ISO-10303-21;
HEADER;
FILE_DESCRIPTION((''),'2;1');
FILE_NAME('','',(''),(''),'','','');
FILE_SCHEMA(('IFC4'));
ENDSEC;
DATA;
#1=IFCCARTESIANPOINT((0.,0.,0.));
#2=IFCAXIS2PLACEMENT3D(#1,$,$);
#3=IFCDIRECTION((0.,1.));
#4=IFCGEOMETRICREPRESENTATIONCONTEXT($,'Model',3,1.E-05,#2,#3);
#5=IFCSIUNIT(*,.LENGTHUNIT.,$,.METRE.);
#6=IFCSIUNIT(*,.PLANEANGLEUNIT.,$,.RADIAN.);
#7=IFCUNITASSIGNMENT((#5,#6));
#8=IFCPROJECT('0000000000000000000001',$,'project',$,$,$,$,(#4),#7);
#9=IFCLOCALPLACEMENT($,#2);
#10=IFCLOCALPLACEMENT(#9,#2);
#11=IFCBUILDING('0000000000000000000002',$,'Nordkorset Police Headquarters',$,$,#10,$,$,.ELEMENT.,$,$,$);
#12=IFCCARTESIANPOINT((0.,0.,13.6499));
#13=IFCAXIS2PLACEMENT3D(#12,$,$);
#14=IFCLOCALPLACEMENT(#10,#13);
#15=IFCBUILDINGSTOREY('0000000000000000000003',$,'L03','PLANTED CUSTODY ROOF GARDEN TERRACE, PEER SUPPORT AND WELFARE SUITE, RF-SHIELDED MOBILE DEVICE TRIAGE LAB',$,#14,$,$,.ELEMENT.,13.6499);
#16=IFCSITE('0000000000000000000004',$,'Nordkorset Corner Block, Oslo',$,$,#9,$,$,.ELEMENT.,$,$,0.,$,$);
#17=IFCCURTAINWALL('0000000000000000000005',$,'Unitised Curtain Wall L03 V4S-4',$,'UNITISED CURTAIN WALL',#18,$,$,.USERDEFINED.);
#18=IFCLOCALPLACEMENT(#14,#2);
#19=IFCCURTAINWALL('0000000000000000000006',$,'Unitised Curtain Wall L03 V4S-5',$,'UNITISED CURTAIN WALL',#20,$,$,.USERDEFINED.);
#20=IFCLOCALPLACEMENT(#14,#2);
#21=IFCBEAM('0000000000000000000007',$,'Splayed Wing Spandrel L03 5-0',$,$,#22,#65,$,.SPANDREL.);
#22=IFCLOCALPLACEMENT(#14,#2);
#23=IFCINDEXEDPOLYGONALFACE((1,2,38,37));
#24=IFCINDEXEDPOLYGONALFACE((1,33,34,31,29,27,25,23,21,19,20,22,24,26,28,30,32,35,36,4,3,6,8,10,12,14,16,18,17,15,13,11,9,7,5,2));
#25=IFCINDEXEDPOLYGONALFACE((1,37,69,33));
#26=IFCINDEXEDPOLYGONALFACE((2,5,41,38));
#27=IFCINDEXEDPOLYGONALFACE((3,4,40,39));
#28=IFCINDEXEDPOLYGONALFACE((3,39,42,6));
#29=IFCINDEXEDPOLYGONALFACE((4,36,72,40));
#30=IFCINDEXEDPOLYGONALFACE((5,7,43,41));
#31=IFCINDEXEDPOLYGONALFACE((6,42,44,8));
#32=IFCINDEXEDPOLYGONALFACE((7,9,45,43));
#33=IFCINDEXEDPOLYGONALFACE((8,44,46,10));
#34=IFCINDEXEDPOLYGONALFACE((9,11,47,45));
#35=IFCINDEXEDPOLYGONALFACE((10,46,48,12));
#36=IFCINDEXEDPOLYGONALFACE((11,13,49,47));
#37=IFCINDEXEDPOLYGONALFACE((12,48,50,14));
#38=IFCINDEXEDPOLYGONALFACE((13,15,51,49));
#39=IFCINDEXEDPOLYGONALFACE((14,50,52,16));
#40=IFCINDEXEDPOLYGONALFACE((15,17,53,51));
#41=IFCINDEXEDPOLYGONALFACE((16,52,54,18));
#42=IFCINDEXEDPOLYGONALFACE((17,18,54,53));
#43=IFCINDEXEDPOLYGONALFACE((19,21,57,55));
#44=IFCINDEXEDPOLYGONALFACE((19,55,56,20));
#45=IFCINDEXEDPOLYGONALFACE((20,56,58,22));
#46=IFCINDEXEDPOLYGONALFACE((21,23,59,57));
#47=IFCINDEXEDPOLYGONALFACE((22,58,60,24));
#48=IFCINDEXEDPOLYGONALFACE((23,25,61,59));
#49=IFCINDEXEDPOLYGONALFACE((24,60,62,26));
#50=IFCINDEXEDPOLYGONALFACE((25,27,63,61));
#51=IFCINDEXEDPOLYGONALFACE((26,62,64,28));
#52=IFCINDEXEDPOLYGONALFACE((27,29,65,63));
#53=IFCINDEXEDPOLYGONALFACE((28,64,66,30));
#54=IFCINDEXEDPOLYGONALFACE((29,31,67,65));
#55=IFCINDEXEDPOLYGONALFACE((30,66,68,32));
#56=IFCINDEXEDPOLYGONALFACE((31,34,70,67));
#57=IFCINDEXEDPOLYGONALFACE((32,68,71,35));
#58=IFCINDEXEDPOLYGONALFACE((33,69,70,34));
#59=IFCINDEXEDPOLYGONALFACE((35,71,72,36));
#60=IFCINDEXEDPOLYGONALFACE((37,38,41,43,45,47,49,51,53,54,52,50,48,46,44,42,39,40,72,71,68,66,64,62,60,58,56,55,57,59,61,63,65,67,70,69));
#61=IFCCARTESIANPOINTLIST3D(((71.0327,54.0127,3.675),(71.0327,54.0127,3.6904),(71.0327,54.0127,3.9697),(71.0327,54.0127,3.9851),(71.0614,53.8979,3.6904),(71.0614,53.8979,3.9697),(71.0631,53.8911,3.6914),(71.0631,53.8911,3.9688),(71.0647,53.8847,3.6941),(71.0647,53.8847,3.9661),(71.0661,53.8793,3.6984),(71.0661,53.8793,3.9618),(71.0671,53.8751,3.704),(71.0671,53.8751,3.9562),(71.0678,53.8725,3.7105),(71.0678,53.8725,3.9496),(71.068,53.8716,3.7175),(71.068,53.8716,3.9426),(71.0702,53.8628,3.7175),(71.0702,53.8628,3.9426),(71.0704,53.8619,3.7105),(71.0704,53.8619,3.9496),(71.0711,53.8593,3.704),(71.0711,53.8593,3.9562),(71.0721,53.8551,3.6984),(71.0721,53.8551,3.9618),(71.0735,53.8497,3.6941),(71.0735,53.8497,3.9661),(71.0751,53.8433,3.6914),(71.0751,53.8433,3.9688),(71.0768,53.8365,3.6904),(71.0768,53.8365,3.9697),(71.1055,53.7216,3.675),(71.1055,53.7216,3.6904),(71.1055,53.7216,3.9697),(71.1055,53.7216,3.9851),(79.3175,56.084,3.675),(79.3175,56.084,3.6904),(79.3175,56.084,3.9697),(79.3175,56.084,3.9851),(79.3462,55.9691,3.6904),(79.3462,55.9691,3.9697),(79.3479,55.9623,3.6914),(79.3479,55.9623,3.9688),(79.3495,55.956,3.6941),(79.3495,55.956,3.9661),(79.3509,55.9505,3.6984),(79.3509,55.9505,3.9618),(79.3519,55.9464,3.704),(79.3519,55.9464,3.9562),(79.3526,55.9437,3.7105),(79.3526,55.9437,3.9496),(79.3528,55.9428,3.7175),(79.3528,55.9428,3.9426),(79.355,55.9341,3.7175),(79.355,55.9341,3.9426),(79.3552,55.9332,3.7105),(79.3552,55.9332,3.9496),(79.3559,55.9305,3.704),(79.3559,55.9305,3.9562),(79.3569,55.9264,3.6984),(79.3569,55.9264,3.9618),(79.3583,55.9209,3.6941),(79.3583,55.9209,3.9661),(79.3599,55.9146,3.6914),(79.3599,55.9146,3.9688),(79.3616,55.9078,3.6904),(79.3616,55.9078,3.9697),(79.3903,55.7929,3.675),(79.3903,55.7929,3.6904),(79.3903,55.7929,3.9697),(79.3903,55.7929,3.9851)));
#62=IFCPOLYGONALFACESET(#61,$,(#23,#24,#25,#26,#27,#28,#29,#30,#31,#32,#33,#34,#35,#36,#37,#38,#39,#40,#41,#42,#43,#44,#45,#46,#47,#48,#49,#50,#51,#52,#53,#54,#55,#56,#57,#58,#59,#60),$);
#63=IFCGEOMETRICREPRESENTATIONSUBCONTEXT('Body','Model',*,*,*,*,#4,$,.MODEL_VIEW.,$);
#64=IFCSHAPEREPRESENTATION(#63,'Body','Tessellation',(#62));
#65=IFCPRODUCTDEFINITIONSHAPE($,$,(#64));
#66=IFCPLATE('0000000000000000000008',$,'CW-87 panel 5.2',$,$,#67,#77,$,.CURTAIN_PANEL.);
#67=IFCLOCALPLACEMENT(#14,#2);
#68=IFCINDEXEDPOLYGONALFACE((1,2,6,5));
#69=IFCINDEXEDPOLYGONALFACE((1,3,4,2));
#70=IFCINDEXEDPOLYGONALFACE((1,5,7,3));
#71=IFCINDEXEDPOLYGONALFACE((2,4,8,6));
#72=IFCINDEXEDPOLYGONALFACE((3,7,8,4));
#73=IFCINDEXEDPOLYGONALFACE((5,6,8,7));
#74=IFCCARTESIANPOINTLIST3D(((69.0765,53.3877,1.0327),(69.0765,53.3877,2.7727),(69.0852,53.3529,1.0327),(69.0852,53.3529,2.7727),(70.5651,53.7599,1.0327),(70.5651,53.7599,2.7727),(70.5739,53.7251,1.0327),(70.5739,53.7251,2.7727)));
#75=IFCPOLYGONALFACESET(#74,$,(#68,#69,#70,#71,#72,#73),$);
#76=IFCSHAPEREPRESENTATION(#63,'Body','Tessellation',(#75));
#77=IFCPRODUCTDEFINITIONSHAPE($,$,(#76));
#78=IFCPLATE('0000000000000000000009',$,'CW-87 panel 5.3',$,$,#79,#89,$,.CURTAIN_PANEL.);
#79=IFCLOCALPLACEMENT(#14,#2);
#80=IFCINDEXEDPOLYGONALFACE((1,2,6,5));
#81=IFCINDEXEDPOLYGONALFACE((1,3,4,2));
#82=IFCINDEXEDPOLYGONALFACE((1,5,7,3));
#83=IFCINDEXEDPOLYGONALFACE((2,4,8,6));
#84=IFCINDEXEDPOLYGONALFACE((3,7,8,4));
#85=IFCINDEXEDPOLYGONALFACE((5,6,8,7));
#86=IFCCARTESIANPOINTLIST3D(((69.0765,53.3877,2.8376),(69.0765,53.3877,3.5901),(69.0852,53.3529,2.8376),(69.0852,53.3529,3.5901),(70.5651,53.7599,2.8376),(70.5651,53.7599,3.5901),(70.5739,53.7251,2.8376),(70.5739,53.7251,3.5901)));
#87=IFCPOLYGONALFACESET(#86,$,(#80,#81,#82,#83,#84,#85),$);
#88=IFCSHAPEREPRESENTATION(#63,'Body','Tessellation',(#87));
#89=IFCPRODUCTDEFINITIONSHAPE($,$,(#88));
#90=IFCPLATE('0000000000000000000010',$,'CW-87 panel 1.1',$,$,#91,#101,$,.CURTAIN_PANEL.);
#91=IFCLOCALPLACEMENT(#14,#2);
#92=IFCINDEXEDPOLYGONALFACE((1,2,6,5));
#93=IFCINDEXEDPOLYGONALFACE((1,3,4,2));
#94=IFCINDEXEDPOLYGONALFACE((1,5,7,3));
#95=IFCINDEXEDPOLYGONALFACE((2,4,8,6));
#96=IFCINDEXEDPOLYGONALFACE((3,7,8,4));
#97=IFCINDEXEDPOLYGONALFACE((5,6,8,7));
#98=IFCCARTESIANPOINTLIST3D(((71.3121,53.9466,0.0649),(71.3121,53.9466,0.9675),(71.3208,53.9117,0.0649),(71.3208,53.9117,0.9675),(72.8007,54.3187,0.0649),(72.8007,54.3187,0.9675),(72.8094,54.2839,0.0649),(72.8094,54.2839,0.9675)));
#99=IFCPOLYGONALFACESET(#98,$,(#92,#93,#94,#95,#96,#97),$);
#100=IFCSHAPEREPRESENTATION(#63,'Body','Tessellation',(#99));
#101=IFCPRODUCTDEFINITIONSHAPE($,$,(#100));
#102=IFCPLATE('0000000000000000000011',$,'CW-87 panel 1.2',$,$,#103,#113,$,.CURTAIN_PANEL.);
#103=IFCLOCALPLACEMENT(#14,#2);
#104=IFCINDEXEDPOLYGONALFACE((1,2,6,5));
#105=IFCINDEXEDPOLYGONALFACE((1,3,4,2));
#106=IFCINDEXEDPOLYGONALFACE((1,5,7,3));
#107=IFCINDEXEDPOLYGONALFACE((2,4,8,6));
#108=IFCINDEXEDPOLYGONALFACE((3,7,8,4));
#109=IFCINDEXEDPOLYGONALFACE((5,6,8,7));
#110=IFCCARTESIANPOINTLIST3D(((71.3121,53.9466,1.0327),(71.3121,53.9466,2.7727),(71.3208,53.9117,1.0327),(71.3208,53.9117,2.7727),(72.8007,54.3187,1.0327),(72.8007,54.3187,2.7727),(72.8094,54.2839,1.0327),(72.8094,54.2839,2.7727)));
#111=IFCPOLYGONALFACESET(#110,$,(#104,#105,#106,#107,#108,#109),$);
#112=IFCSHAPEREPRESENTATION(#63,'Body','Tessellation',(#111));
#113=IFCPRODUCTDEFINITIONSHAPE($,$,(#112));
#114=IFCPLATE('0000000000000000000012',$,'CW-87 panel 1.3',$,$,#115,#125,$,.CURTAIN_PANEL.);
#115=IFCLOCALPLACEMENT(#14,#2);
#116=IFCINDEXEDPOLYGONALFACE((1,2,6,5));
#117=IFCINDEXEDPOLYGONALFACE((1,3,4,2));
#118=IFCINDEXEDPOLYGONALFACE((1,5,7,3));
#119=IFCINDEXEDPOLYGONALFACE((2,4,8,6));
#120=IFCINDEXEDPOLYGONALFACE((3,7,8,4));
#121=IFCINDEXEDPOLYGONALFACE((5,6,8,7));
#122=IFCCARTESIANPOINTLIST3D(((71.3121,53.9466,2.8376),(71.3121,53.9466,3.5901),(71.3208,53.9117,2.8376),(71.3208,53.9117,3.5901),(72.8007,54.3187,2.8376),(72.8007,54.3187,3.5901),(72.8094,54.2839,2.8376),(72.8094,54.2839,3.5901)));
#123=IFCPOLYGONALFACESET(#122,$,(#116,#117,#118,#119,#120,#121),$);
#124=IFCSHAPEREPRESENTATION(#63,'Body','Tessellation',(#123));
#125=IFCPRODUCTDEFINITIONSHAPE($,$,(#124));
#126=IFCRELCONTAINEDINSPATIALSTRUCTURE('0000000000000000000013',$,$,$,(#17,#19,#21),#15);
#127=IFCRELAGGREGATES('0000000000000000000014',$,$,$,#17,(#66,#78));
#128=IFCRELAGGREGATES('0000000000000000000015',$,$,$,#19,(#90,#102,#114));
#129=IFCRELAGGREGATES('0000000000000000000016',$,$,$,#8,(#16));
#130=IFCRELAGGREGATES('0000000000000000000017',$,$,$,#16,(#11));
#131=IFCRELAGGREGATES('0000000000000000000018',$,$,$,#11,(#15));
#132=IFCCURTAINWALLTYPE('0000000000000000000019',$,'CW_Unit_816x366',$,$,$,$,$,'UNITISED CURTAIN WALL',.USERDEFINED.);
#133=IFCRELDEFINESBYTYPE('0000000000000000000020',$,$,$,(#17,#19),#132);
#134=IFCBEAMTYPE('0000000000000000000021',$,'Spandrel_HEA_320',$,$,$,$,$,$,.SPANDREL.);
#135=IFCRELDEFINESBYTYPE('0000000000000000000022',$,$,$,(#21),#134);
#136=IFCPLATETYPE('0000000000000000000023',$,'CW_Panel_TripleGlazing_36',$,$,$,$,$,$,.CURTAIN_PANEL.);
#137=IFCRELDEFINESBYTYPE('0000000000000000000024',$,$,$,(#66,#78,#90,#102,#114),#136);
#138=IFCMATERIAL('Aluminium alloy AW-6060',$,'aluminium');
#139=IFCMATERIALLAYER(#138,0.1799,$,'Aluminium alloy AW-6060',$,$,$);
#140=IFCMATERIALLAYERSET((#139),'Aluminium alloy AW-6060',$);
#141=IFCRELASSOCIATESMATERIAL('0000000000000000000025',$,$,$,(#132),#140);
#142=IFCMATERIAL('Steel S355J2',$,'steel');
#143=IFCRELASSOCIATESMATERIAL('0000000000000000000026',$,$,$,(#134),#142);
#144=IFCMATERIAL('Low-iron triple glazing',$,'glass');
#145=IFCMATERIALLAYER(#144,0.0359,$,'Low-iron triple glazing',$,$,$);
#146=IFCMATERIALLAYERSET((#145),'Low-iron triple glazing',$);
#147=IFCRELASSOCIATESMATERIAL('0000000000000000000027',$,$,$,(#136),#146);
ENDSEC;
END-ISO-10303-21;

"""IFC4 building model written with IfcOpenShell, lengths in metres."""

from ifc_helpers import new_model, si_unit, direction, frame, origin, origin_2d, place, context, subcontext, project, spatial, rectangle, i_section, extrude, material, layer, layer_set, material_profile, profile_set, type_object, element, aggregate, save


model = new_model("IFC4")

# Units and contexts
model_context = context("Model", 3, precision=1e-05, world=origin(), true_north=direction((0.0, 1.0)))
body_context = subcontext(model_context, "Body", "Model", "MODEL_VIEW")
ifc_project = project(units=[si_unit("LENGTHUNIT", "METRE"), si_unit("PLANEANGLEUNIT", "RADIAN")], contexts=[model_context])

# Site, building, storey
site_placement = place(None, origin())
site = spatial("IfcSite", under=ifc_project, at=site_placement, Name="Nordkorset Corner Block, Oslo", CompositionType="ELEMENT", RefElevation=0.0)
building_placement = place(site_placement, origin())
building = spatial("IfcBuilding", under=site, at=building_placement, Name="Nordkorset Police Headquarters", CompositionType="ELEMENT")
storey_placement = place(building_placement, frame((0.0, 0.0, 13.6499)))
storey = spatial("IfcBuildingStorey", under=building, at=storey_placement, Name="L03", Description="PLANTED CUSTODY ROOF GARDEN TERRACE, PEER SUPPORT AND WELFARE SUITE, RF-SHIELDED MOBILE DEVICE TRIAGE LAB", CompositionType="ELEMENT", Elevation=13.6499)

# Curtain wall
ifc_material_1 = material(Name="Aluminium alloy AW-6060", Category="aluminium")
ifc_layer_1 = layer(ifc_material_1, 0.1799, Name="Aluminium alloy AW-6060")
ifc_layer_set_1 = layer_set([ifc_layer_1], Name="Aluminium alloy AW-6060")
curtain_wall_type = type_object("IfcCurtainWallType", Name="CW_Unit_816x366", ElementType="UNITISED CURTAIN WALL", PredefinedType="USERDEFINED", material=ifc_layer_set_1)
curtain_wall_1_placement = place(storey_placement, origin())
curtain_wall_1 = element("IfcCurtainWall", 1, at=curtain_wall_1_placement, inside=storey, type_object=curtain_wall_type, Name="Unitised Curtain Wall L03 V4S-4", ObjectType="UNITISED CURTAIN WALL", PredefinedType="USERDEFINED")

# Curtain wall
curtain_wall_2_placement = place(storey_placement, origin())
curtain_wall_2 = element("IfcCurtainWall", 2, at=curtain_wall_2_placement, inside=storey, type_object=curtain_wall_type, Name="Unitised Curtain Wall L03 V4S-5", ObjectType="UNITISED CURTAIN WALL", PredefinedType="USERDEFINED")

# Beam
ifc_material_2 = material(Name="Steel S355J2", Category="steel")
ifc_material_profile_1 = material_profile(ifc_material_2, i_section(OverallWidth=0.3, OverallDepth=0.3101, WebThickness=0.009, FlangeThickness=0.0154, FilletRadius=0.0271, at=origin_2d()), Name="HEA 320")
ifc_profile_set_1 = profile_set([ifc_material_profile_1], Name="Steel S355J2")
beam_type_1 = type_object("IfcBeamType", Name="Spandrel_HEA_320", PredefinedType="SPANDREL", material=ifc_profile_set_1)
beam_1_placement = place(storey_placement, frame((71.0691, 53.8672, 3.8301), z_axis=(0.970141, 0.242542, 0.0), x_axis=(-0.242542, 0.970141, 0.0)))
element("IfcBeam", 3, at=beam_1_placement, inside=storey, type_object=beam_type_1, Name="Splayed Wing Spandrel L03 5-0", PredefinedType="SPANDREL", context=body_context, shape_type="SweptSolid", body=[
    extrude(i_section(OverallWidth=0.3, OverallDepth=0.3101, WebThickness=0.009, FlangeThickness=0.0154, FilletRadius=0.0271, at=origin_2d()), origin(), (0.0, 0.0, 1.0), 8.5398),
])

# Plates
ifc_material_3 = material(Name="Low-iron triple glazing", Category="glass")
ifc_layer_2 = layer(ifc_material_3, 0.0359, Name="Low-iron triple glazing")
ifc_layer_set_2 = layer_set([ifc_layer_2], Name="Low-iron triple glazing")
plate_type = type_object("IfcPlateType", Name="CW_Panel_TripleGlazing_36", PredefinedType="CURTAIN_PANEL", material=ifc_layer_set_2)
plate_1_placement = place(storey_placement, frame((69.8252, 53.5564, 1.0327), z_axis=(0.0, 0.0, 1.0), x_axis=(0.970143, 0.242536, 0.0)))
plate_1 = element("IfcPlate", 4, at=plate_1_placement, type_object=plate_type, Name="CW-87 panel 5.2", PredefinedType="CURTAIN_PANEL", context=body_context, shape_type="SweptSolid", body=[
    extrude(rectangle(XDim=1.5344, YDim=0.0359, at=origin_2d()), origin(), (0.0, 0.0, 1.0), 1.74),
])
plate_2_placement = place(storey_placement, frame((69.8252, 53.5564, 2.8376), z_axis=(0.0, 0.0, 1.0), x_axis=(0.970143, 0.242536, 0.0)))
plate_2 = element("IfcPlate", 5, at=plate_2_placement, type_object=plate_type, Name="CW-87 panel 5.3", PredefinedType="CURTAIN_PANEL", context=body_context, shape_type="SweptSolid", body=[
    extrude(rectangle(XDim=1.5344, YDim=0.0359, at=origin_2d()), origin(), (0.0, 0.0, 1.0), 0.7524),
])
aggregate(curtain_wall_1, [plate_1, plate_2])
plate_3_placement = place(storey_placement, frame((72.0608, 54.1152, 0.0649), z_axis=(0.0, 0.0, 1.0), x_axis=(0.970143, 0.242536, 0.0)))
plate_3 = element("IfcPlate", 6, at=plate_3_placement, type_object=plate_type, Name="CW-87 panel 1.1", PredefinedType="CURTAIN_PANEL", context=body_context, shape_type="SweptSolid", body=[
    extrude(rectangle(XDim=1.5344, YDim=0.0359, at=origin_2d()), origin(), (0.0, 0.0, 1.0), 0.9026),
])
plate_4_placement = place(storey_placement, frame((72.0608, 54.1152, 1.0327), z_axis=(0.0, 0.0, 1.0), x_axis=(0.970143, 0.242536, 0.0)))
plate_4 = element("IfcPlate", 7, at=plate_4_placement, type_object=plate_type, Name="CW-87 panel 1.2", PredefinedType="CURTAIN_PANEL", context=body_context, shape_type="SweptSolid", body=[
    extrude(rectangle(XDim=1.5344, YDim=0.0359, at=origin_2d()), origin(), (0.0, 0.0, 1.0), 1.74),
])
plate_5_placement = place(storey_placement, frame((72.0608, 54.1152, 2.8376), z_axis=(0.0, 0.0, 1.0), x_axis=(0.970143, 0.242536, 0.0)))
plate_5 = element("IfcPlate", 8, at=plate_5_placement, type_object=plate_type, Name="CW-87 panel 1.3", PredefinedType="CURTAIN_PANEL", context=body_context, shape_type="SweptSolid", body=[
    extrude(rectangle(XDim=1.5344, YDim=0.0359, at=origin_2d()), origin(), (0.0, 0.0, 1.0), 0.7524),
])
aggregate(curtain_wall_2, [plate_3, plate_4, plate_5])

save(model, "model.ifc")
